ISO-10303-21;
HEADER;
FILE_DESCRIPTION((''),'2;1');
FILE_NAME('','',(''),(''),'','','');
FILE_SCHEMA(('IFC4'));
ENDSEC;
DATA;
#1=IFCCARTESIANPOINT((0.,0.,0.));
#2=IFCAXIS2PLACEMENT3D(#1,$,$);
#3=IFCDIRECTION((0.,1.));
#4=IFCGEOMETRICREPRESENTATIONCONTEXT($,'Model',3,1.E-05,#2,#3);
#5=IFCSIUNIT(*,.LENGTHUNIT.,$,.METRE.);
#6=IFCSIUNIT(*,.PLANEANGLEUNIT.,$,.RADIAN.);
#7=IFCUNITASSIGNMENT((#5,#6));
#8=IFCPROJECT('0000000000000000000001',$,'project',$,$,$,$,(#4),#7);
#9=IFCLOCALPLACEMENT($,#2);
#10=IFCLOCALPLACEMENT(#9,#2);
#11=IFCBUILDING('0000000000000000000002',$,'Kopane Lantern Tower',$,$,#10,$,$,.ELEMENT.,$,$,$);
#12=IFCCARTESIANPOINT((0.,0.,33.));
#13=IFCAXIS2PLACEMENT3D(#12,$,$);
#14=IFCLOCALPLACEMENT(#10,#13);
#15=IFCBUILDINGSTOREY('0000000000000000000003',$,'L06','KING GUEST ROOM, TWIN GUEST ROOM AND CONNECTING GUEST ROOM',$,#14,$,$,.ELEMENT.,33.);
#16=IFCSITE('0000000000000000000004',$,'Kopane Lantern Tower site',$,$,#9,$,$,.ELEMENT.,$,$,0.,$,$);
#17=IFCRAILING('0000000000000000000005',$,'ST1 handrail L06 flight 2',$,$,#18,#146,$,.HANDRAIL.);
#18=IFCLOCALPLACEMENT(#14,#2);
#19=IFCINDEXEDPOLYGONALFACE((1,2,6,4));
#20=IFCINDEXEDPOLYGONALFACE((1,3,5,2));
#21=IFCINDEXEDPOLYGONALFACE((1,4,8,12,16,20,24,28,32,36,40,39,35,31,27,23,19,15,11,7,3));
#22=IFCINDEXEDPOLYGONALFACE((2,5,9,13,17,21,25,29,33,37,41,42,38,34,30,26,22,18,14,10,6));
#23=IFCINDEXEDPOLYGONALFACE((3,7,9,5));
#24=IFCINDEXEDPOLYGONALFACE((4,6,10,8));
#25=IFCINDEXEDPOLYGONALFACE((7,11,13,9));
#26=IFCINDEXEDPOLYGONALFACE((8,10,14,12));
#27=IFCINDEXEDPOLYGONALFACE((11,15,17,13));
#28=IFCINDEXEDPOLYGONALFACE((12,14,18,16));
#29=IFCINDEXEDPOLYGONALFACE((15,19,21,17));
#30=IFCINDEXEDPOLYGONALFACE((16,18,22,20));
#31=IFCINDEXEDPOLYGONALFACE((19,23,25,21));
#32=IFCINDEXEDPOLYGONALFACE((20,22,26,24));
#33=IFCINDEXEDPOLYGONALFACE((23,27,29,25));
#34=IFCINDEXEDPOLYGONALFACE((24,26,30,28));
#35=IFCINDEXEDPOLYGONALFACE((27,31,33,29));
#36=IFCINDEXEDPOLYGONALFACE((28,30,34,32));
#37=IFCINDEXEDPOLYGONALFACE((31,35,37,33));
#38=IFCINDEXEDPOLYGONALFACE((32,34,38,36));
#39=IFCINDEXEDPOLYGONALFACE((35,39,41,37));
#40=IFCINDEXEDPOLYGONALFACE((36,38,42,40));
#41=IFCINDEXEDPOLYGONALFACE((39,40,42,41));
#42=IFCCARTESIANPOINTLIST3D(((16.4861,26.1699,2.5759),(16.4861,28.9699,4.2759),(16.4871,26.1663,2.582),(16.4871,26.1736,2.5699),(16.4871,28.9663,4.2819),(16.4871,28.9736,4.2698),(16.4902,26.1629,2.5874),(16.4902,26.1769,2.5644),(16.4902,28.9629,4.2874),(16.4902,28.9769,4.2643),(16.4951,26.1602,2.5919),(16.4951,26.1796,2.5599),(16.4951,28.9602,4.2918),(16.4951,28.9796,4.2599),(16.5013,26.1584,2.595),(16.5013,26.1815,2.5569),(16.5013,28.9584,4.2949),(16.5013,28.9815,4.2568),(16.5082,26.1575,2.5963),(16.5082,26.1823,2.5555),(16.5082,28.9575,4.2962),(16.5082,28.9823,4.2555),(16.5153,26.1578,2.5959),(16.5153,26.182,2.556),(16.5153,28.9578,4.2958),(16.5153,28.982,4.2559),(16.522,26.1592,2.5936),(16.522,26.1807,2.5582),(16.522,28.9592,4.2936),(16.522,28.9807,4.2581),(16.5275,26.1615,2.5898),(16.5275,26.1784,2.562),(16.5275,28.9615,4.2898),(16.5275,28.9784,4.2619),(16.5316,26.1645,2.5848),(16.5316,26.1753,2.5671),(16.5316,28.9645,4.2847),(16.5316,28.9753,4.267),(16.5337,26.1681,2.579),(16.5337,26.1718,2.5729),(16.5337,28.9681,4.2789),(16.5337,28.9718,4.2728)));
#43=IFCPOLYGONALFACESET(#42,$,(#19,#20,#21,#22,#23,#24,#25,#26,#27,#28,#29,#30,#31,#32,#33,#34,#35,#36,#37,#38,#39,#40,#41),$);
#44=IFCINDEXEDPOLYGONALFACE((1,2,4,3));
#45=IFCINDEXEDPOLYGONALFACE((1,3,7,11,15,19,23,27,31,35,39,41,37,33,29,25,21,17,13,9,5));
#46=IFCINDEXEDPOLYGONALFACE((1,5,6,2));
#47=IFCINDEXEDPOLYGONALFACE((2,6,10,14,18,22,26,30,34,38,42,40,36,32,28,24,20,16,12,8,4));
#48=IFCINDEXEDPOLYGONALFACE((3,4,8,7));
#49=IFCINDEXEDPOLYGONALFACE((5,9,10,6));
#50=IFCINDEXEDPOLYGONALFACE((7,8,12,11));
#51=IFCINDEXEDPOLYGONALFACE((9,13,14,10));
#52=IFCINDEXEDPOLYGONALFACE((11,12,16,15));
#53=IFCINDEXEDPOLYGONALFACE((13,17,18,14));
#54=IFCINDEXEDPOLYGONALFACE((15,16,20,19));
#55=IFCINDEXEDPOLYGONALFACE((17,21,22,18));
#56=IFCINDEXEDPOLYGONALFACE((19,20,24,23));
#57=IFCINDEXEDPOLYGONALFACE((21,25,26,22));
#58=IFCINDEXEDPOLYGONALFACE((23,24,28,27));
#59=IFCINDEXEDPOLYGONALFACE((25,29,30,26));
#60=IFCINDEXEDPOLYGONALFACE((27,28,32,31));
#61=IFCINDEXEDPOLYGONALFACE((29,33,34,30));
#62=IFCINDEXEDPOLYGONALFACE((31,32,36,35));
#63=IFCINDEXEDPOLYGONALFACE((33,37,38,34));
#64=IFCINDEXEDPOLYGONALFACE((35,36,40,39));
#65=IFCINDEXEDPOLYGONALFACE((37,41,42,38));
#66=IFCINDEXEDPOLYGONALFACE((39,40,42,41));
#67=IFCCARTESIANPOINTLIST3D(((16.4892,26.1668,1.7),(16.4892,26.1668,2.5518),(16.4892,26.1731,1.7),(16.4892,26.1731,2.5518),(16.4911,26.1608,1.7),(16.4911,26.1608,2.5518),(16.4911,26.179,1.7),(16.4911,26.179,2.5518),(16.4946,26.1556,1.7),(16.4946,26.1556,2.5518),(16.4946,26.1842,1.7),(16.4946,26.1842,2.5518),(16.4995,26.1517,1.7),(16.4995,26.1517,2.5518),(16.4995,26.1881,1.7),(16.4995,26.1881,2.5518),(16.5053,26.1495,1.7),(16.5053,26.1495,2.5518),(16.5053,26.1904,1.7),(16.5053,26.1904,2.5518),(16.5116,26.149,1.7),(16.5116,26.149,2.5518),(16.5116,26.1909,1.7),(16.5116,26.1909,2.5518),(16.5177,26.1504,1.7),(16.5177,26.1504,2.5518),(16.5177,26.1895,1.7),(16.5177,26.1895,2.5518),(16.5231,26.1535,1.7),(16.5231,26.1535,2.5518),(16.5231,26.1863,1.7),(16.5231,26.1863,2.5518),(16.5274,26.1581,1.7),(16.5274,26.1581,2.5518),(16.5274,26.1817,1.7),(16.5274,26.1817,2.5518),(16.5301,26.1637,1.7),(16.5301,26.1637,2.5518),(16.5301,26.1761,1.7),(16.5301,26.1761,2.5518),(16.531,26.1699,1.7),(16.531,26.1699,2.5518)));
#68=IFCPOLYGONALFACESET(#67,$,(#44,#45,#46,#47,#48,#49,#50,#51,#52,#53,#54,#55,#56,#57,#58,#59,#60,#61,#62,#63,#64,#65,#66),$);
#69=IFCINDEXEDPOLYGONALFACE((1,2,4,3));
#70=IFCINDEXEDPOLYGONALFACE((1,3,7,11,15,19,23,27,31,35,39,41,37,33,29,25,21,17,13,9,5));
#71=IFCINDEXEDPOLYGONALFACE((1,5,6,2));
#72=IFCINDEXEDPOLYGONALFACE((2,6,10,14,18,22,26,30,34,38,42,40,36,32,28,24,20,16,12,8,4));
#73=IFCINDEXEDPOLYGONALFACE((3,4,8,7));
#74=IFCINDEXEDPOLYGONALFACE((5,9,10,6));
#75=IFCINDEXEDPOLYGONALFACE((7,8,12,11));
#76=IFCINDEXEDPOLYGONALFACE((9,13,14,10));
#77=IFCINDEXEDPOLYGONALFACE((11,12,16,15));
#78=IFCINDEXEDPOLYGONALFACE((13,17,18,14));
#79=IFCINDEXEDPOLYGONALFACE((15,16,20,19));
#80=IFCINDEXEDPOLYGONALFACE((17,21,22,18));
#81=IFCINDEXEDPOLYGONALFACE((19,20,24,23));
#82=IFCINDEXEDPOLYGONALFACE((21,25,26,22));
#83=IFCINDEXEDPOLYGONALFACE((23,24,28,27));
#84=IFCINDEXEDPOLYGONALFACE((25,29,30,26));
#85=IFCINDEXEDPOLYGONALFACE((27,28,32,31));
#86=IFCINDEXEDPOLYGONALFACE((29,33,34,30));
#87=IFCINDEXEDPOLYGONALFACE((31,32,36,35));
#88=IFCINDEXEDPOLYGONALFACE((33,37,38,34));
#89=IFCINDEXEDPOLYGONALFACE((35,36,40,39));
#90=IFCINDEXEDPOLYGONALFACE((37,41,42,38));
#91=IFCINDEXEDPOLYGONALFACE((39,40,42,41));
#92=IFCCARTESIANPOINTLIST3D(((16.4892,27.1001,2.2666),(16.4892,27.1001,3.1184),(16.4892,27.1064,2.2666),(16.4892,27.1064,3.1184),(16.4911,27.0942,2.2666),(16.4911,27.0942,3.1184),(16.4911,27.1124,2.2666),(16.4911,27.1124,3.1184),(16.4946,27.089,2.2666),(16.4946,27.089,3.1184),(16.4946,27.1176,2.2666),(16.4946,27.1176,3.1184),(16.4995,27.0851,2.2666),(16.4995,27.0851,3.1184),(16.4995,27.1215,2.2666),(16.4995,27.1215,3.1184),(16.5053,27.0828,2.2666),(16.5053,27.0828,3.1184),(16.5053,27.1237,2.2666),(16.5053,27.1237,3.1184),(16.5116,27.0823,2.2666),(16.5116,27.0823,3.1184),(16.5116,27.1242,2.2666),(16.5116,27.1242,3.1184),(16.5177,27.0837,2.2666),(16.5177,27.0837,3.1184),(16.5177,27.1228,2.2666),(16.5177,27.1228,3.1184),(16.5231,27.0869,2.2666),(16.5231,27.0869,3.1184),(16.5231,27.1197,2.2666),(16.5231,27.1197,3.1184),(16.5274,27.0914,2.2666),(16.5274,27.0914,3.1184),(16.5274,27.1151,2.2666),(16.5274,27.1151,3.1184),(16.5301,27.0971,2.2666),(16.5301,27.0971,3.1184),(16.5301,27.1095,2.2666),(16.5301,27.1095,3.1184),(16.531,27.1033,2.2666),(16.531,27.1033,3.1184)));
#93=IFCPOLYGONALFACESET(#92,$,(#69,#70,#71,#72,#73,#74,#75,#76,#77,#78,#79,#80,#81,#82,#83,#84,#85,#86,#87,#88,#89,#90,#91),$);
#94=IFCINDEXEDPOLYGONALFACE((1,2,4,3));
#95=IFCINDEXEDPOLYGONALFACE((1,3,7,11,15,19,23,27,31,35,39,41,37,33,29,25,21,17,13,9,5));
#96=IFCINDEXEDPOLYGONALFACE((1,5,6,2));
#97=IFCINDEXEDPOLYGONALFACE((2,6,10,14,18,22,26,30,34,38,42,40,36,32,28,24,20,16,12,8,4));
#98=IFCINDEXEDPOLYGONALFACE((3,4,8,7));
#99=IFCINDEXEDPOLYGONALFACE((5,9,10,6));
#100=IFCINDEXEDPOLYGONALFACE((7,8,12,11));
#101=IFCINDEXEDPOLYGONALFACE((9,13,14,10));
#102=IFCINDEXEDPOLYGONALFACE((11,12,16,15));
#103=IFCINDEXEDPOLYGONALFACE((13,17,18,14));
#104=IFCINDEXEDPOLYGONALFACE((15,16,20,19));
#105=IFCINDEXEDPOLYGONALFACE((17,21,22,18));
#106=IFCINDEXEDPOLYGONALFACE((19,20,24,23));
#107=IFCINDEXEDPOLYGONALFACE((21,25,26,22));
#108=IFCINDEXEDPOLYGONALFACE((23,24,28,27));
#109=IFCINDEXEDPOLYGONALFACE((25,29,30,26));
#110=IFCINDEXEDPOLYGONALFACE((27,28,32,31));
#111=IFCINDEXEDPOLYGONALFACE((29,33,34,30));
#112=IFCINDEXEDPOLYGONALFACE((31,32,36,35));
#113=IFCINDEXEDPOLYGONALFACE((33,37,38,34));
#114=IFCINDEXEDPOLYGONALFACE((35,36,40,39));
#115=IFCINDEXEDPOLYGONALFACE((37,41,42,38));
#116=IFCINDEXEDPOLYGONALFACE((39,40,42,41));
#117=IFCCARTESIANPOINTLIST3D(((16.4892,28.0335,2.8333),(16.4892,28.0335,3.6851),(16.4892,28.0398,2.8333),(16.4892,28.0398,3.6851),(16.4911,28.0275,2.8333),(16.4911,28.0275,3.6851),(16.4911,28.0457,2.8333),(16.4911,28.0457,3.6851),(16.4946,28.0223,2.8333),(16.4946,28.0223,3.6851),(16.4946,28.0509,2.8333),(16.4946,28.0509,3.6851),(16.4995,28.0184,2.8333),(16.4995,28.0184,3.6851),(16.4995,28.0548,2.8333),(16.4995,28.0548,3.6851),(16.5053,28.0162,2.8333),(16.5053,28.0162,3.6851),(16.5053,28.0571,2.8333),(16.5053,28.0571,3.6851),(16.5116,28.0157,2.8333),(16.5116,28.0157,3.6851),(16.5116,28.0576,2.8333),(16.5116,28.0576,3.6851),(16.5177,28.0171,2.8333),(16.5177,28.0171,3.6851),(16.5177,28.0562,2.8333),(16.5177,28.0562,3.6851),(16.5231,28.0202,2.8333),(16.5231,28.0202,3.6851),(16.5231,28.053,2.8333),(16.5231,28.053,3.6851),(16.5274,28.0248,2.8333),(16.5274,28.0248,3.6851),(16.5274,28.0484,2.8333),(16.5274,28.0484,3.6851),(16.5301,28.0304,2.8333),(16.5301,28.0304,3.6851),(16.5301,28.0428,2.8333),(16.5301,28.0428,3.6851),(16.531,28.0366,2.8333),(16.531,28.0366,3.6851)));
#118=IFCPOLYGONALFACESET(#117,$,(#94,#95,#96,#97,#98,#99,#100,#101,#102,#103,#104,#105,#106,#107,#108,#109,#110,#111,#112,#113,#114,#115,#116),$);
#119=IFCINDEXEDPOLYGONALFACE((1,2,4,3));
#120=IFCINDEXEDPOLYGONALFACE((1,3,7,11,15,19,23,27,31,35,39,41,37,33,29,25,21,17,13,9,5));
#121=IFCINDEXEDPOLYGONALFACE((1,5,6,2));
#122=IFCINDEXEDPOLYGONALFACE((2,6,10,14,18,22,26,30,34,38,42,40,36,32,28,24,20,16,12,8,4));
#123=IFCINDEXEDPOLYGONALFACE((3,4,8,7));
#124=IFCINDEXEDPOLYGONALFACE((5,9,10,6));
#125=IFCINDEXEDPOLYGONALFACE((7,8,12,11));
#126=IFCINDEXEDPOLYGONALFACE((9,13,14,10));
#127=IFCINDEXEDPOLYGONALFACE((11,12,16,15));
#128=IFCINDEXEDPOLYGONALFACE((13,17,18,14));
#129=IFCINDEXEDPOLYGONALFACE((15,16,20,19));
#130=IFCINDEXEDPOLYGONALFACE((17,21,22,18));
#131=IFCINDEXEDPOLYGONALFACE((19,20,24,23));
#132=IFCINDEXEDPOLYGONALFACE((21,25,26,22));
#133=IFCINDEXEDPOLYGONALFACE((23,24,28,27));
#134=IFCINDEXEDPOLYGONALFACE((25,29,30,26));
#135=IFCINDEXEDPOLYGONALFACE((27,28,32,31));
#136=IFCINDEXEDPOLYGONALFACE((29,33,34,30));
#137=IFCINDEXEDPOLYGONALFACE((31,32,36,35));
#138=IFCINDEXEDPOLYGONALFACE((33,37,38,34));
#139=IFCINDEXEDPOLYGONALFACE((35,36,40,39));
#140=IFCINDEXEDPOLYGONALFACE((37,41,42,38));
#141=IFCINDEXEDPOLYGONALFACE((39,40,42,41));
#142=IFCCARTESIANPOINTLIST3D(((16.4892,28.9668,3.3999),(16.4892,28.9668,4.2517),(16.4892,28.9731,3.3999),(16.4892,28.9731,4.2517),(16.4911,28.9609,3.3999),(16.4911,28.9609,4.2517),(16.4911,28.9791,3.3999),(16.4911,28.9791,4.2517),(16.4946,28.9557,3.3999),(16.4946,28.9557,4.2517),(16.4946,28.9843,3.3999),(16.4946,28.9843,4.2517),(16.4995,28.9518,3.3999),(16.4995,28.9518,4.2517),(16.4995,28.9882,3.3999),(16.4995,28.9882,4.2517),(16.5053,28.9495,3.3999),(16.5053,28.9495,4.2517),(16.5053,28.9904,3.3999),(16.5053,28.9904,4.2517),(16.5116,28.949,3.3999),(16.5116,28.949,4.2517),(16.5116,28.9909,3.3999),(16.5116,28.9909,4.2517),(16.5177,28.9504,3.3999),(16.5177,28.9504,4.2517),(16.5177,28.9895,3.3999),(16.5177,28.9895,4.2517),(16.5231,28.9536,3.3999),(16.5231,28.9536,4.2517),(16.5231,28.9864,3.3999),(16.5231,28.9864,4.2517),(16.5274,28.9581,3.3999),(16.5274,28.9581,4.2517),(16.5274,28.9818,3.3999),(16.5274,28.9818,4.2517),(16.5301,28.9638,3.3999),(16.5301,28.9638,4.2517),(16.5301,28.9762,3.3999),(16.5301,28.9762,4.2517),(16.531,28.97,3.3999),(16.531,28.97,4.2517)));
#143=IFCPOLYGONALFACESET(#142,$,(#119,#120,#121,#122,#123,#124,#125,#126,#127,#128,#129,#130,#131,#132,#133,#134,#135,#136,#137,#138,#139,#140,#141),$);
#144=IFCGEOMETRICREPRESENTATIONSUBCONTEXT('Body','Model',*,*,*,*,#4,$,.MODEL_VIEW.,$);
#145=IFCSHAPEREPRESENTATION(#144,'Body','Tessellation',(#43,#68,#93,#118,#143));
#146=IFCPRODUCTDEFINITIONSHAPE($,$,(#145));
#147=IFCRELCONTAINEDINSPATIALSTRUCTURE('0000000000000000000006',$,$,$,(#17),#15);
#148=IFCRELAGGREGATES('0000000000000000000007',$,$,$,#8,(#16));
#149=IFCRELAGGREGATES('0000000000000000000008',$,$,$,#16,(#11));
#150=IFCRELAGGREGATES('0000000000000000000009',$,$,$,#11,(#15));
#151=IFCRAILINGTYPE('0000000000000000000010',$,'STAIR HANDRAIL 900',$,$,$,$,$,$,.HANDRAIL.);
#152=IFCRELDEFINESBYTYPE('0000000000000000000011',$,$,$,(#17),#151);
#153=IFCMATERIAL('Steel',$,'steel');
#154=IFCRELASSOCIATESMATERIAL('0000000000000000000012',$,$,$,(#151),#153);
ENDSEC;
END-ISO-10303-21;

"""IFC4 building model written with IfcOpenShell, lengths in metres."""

from ifc_helpers import new_model, si_unit, direction, frame, origin, origin_2d, place, context, subcontext, project, spatial, circle, extrude, material, type_object, element, save


model = new_model("IFC4")

# Units and contexts
model_context = context("Model", 3, precision=1e-05, world=origin(), true_north=direction((0.0, 1.0)))
body_context = subcontext(model_context, "Body", "Model", "MODEL_VIEW")
ifc_project = project(units=[si_unit("LENGTHUNIT", "METRE"), si_unit("PLANEANGLEUNIT", "RADIAN")], contexts=[model_context])

# Site, building, storey
site_placement = place(None, origin())
site = spatial("IfcSite", under=ifc_project, at=site_placement, Name="Kopane Lantern Tower site", CompositionType="ELEMENT", RefElevation=0.0)
building_placement = place(site_placement, origin())
building = spatial("IfcBuilding", under=site, at=building_placement, Name="Kopane Lantern Tower", CompositionType="ELEMENT")
storey_placement = place(building_placement, frame((0.0, 0.0, 33.0)))
storey = spatial("IfcBuildingStorey", under=building, at=storey_placement, Name="L06", Description="KING GUEST ROOM, TWIN GUEST ROOM AND CONNECTING GUEST ROOM", CompositionType="ELEMENT", Elevation=33.0)

# Railing
ifc_material_1 = material(Name="Steel", Category="steel")
railing_type_1 = type_object("IfcRailingType", Name="STAIR HANDRAIL 900", PredefinedType="HANDRAIL", material=ifc_material_1)
for number, where, name in (
    (1, (16.51, 26.1699, 1.7), "ST1 handrail L06 flight 2"),
):
    element("IfcRailing", number, at=place(storey_placement, frame(where)), inside=storey, type_object=railing_type_1, Name=name, PredefinedType="HANDRAIL", context=body_context, shape_type="SweptSolid", body=[
        extrude(circle(Radius=0.0239, at=origin_2d()), frame((0.0, 0.0, 0.876), z_axis=(0.0, 0.854798, 0.518961), x_axis=(-1.0, 0.0, 0.0)), (0.0, 0.0, 1.0), 3.2756),
        extrude(circle(Radius=0.021, at=origin_2d()), origin(), (0.0, 0.0, 1.0), 0.8518),
        extrude(circle(Radius=0.021, at=origin_2d()), frame((0.0, 0.9333, 0.5667)), (0.0, 0.0, 1.0), 0.8518),
        extrude(circle(Radius=0.021, at=origin_2d()), frame((0.0, 1.8667, 1.1333)), (0.0, 0.0, 1.0), 0.8518),
        extrude(circle(Radius=0.021, at=origin_2d()), frame((0.0, 2.8, 1.7)), (0.0, 0.0, 1.0), 0.8518),
    ])

save(model, "model.ifc")
